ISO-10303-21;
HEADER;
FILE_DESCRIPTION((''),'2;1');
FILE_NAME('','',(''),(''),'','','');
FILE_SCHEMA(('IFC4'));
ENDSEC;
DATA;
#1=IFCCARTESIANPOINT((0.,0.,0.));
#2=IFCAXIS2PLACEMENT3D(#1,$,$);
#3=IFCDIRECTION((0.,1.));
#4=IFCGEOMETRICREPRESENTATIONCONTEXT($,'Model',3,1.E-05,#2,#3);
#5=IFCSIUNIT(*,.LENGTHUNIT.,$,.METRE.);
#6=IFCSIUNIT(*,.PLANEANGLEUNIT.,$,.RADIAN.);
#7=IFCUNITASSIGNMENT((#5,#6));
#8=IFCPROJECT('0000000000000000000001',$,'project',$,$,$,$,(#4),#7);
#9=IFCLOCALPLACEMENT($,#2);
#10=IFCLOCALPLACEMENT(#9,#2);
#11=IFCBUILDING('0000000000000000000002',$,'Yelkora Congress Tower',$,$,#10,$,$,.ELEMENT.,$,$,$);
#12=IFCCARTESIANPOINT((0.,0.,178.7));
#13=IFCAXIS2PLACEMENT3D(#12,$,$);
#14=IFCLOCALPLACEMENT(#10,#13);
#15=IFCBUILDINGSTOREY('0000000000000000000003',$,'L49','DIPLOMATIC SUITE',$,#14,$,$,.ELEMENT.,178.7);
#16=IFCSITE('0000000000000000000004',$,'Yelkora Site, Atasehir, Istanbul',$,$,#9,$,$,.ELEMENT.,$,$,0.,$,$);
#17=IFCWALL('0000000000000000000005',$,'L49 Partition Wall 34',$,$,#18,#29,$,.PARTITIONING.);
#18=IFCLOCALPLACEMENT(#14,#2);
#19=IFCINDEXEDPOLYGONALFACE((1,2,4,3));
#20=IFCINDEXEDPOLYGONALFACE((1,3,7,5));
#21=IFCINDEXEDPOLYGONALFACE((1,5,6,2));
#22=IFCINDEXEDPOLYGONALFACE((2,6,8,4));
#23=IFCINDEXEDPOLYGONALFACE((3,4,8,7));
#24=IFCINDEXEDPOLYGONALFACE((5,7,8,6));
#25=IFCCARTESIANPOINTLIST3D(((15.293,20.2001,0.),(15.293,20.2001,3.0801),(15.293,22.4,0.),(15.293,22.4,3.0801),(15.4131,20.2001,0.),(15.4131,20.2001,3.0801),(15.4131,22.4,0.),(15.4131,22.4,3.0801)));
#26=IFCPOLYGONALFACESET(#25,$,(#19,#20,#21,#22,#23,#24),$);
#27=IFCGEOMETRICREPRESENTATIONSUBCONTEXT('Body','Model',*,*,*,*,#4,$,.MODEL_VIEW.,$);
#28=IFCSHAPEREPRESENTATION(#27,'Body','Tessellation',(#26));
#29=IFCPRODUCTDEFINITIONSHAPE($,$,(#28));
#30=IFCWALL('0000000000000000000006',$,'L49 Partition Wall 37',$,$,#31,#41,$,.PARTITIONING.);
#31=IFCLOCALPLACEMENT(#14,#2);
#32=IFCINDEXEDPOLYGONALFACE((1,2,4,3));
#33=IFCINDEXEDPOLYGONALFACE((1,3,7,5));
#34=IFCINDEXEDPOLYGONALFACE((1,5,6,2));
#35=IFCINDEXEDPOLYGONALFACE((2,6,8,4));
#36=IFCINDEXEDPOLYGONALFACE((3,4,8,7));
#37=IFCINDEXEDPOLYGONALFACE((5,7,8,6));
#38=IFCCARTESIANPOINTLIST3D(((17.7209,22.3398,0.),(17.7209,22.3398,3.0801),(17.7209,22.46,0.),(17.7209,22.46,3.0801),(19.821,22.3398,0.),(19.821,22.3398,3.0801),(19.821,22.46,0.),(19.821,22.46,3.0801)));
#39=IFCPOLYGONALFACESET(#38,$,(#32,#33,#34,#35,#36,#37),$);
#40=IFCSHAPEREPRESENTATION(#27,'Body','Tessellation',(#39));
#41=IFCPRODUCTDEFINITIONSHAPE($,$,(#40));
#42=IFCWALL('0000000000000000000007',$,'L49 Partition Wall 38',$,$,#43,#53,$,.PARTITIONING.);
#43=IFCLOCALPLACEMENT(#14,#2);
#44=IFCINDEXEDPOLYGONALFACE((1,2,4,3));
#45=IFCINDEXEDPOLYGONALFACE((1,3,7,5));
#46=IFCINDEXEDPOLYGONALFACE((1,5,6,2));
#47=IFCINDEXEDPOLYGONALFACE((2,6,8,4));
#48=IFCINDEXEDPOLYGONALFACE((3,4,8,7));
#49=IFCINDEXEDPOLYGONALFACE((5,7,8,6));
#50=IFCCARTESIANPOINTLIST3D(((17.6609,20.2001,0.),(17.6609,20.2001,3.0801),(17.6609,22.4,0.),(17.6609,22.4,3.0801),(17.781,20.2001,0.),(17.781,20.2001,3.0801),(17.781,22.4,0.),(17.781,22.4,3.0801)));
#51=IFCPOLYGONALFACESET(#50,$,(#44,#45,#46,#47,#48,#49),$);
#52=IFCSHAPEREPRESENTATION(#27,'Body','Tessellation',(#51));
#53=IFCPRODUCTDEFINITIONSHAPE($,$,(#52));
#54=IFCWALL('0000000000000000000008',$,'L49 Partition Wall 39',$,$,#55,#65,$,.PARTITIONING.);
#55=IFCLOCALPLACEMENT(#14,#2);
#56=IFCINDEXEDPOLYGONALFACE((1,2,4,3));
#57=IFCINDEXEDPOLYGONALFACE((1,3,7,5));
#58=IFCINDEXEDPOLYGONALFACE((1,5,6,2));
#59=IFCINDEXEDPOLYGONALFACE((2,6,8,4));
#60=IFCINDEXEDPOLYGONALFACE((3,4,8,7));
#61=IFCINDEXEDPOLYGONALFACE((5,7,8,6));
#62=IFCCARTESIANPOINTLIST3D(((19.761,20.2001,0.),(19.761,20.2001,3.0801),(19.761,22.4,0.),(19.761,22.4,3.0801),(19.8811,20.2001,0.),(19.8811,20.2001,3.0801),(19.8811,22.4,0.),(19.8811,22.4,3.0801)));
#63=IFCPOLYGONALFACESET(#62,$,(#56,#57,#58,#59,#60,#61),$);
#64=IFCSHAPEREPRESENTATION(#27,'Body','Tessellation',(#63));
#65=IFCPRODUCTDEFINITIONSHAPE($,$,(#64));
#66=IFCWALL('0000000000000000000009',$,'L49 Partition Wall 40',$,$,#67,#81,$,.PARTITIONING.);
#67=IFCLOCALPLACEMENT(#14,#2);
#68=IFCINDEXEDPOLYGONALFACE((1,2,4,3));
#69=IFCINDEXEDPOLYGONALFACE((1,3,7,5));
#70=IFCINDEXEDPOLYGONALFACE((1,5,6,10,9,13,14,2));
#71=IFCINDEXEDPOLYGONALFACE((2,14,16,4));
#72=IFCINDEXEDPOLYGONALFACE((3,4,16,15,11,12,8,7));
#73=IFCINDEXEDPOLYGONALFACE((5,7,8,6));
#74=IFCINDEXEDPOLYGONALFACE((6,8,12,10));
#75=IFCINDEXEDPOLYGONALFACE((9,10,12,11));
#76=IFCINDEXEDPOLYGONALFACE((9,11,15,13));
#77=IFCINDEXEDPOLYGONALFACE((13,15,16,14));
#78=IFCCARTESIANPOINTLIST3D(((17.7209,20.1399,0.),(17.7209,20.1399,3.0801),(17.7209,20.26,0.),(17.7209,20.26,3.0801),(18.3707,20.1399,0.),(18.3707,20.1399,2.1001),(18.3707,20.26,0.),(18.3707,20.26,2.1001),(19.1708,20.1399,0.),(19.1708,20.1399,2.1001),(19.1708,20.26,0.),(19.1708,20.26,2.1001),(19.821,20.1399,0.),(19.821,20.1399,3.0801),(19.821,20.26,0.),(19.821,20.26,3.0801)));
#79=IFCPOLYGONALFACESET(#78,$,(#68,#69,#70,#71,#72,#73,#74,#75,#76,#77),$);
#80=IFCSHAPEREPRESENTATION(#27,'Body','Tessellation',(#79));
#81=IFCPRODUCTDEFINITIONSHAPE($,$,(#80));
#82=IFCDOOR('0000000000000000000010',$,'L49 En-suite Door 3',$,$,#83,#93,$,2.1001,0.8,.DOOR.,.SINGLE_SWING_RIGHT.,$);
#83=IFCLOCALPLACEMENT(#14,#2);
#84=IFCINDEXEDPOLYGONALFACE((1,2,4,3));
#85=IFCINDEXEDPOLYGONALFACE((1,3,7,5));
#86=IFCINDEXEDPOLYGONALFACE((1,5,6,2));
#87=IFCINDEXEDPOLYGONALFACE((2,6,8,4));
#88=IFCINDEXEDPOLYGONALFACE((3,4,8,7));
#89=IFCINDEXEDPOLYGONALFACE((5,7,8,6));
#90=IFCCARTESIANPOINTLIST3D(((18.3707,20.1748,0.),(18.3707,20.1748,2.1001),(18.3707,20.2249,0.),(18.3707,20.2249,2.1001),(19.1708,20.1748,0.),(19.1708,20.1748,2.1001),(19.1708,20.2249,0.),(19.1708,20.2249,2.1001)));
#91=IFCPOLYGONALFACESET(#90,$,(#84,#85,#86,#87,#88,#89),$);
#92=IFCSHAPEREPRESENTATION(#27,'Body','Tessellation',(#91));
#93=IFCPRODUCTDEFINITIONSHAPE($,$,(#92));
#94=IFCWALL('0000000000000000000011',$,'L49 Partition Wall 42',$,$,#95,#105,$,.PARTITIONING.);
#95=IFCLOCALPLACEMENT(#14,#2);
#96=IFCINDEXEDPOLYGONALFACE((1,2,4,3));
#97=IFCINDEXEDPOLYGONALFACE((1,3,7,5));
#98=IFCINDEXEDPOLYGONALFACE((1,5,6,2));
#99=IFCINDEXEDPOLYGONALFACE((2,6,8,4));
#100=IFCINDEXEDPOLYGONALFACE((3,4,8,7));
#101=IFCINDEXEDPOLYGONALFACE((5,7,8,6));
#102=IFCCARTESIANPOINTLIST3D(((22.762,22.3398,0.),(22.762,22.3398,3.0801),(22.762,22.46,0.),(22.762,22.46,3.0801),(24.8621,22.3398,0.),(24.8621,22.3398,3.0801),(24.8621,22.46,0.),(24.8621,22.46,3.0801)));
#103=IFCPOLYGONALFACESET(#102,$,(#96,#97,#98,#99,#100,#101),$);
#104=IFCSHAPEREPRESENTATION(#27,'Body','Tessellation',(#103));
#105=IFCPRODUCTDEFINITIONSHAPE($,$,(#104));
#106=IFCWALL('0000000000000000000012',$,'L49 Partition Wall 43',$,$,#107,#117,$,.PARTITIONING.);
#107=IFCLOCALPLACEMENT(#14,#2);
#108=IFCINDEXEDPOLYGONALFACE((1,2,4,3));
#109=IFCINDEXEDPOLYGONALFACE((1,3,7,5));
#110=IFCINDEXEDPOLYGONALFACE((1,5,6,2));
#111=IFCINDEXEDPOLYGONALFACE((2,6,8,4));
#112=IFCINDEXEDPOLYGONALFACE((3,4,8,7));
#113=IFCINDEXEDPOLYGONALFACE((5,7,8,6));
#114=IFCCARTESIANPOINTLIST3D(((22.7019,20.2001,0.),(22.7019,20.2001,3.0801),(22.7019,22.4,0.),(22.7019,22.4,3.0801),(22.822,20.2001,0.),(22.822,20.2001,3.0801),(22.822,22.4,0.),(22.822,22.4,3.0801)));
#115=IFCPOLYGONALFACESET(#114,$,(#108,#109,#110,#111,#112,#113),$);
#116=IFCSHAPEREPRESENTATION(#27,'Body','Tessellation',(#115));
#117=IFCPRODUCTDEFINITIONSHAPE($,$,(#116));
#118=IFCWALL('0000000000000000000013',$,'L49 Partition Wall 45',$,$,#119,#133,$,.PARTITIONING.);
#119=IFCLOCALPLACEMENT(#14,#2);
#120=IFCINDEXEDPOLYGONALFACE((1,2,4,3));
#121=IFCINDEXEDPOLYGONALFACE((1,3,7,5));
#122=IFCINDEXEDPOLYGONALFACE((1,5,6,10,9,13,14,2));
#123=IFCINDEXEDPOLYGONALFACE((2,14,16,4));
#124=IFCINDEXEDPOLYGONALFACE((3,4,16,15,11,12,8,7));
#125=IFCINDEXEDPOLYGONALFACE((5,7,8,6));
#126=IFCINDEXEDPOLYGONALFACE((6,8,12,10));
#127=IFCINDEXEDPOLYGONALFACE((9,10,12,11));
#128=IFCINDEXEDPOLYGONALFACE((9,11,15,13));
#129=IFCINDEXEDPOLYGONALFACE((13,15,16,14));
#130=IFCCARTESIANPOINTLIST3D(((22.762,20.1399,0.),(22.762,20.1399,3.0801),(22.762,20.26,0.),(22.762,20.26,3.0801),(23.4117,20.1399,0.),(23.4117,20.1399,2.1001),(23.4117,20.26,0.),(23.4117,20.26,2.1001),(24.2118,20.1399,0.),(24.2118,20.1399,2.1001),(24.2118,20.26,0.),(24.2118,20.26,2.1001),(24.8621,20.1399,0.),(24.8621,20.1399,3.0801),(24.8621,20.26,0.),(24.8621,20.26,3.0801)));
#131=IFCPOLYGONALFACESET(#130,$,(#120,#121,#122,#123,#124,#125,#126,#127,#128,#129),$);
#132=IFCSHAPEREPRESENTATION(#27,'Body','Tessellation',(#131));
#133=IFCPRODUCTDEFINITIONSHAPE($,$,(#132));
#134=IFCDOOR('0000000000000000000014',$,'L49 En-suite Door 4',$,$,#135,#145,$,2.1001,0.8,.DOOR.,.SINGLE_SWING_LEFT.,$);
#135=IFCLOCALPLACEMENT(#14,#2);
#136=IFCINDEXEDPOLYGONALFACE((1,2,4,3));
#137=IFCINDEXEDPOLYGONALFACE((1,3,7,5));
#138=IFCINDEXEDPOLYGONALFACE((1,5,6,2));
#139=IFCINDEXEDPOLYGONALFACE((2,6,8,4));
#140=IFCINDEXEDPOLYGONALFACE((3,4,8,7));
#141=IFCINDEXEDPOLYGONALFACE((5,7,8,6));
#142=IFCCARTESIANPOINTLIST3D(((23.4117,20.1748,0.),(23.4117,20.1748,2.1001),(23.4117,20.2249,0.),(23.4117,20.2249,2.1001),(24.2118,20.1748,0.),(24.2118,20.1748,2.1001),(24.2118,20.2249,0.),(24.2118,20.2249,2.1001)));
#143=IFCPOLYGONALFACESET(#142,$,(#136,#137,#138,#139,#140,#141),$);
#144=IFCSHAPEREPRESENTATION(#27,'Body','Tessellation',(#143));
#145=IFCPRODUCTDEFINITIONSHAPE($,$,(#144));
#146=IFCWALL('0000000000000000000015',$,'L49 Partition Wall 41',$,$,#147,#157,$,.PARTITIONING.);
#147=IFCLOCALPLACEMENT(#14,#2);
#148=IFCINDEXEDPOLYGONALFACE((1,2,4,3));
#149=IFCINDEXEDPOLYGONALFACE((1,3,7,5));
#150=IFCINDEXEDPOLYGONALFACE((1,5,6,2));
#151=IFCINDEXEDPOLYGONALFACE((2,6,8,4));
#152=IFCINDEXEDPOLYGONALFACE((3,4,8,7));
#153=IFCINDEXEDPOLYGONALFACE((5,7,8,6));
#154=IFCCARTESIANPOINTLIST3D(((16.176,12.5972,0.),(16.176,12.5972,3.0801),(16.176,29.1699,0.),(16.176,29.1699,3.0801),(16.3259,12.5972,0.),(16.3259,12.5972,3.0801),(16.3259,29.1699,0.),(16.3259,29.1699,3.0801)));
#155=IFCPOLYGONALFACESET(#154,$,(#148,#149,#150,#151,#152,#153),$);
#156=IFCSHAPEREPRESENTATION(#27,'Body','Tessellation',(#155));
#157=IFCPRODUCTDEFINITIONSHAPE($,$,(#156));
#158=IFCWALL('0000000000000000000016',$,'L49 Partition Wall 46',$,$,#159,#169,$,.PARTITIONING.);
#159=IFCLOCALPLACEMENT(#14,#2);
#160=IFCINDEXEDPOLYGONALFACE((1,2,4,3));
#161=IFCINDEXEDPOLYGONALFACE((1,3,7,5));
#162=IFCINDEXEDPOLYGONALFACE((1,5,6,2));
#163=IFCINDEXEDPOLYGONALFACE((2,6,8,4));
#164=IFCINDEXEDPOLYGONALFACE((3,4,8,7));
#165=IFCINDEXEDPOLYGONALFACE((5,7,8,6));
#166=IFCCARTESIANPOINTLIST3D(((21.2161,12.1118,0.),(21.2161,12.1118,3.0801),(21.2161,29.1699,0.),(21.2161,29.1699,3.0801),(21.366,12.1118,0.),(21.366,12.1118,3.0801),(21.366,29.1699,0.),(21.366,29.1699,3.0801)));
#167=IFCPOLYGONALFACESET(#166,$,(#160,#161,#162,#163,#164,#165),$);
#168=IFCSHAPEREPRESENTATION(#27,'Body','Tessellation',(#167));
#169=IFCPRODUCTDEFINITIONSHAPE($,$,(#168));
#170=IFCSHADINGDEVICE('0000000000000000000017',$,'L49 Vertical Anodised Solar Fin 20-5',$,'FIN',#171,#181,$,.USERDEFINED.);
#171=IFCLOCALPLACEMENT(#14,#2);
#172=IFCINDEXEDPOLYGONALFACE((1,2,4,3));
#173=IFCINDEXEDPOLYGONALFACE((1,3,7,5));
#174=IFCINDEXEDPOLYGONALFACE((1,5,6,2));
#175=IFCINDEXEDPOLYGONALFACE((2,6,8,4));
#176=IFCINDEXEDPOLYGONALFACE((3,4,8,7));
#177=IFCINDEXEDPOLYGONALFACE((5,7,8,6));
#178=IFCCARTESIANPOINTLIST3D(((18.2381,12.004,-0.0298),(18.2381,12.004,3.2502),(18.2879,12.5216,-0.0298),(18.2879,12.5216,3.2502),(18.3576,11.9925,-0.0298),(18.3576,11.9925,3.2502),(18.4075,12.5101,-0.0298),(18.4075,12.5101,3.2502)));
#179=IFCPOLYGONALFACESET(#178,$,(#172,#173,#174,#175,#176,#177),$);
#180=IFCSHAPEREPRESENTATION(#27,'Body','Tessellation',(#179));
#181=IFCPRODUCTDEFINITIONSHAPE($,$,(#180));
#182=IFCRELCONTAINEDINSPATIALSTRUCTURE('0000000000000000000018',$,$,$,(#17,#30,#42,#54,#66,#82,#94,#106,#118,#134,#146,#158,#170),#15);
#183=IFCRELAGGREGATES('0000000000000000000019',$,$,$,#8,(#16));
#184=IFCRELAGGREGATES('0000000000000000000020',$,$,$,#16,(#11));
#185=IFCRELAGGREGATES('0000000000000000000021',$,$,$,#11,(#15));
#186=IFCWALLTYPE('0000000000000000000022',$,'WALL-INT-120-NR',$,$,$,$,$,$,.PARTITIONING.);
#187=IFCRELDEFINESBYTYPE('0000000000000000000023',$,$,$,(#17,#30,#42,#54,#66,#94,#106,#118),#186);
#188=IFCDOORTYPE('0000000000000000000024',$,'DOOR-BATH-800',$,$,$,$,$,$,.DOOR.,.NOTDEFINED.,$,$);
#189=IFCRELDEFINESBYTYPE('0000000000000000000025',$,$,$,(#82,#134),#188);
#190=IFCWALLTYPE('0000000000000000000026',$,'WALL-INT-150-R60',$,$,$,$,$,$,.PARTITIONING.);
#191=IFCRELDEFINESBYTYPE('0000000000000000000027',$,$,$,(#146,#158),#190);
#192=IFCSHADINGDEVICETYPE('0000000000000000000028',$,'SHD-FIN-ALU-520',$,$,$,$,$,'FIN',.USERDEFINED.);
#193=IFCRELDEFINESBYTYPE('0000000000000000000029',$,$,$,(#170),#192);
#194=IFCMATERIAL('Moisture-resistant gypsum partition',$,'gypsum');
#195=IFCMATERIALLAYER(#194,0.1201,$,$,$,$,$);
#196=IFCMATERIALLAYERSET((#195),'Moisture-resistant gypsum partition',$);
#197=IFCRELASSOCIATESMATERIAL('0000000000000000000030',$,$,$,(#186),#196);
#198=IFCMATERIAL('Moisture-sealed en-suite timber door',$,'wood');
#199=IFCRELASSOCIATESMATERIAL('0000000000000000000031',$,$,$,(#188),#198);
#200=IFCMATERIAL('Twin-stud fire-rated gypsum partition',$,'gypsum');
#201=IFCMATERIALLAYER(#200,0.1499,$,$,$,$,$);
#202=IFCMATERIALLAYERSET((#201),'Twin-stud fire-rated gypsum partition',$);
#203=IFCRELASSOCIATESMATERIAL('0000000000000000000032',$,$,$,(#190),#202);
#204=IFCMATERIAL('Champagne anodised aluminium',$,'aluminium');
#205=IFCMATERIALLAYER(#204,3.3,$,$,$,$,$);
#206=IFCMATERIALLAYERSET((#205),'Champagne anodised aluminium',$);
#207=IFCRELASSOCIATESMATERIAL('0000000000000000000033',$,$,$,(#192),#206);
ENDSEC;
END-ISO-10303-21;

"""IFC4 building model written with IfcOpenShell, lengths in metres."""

from ifc_helpers import new_model, si_unit, direction, frame, frame_2d, origin, origin_2d, place, context, subcontext, project, spatial, rectangle, extrude, material, layer, layer_set, type_object, element, fill, save


model = new_model("IFC4")

# Units and contexts
model_context = context("Model", 3, precision=1e-05, world=origin(), true_north=direction((0.0, 1.0)))
body_context = subcontext(model_context, "Body", "Model", "MODEL_VIEW")
ifc_project = project(units=[si_unit("LENGTHUNIT", "METRE"), si_unit("PLANEANGLEUNIT", "RADIAN")], contexts=[model_context])

# Site, building, storey
site_placement = place(None, origin())
site = spatial("IfcSite", under=ifc_project, at=site_placement, Name="Yelkora Site, Atasehir, Istanbul", CompositionType="ELEMENT", RefElevation=0.0)
building_placement = place(site_placement, origin())
building = spatial("IfcBuilding", under=site, at=building_placement, Name="Yelkora Congress Tower", CompositionType="ELEMENT")
storey_placement = place(building_placement, frame((0.0, 0.0, 178.7)))
storey = spatial("IfcBuildingStorey", under=building, at=storey_placement, Name="L49", Description="DIPLOMATIC SUITE", CompositionType="ELEMENT", Elevation=178.7)

# Walls
ifc_material_1 = material(Name="Moisture-resistant gypsum partition", Category="gypsum")
ifc_layer_1 = layer(ifc_material_1, 0.1201)
ifc_layer_set_1 = layer_set([ifc_layer_1], Name="Moisture-resistant gypsum partition")
wall_type_1 = type_object("IfcWallType", Name="WALL-INT-120-NR", PredefinedType="PARTITIONING", material=ifc_layer_set_1)
wall_1_placement = place(storey_placement, frame((15.353, 20.2, 0.0), z_axis=(0.0, 0.0, 1.0), x_axis=(0.0, 1.0, 0.0)))
element("IfcWall", 1, at=wall_1_placement, inside=storey, type_object=wall_type_1, Name="L49 Partition Wall 34", PredefinedType="PARTITIONING", context=body_context, shape_type="SweptSolid", body=[
    extrude(rectangle(XDim=2.2, YDim=0.1201, at=frame_2d((1.1001, 0.0))), origin(), (0.0, 0.0, 1.0), 3.0801),
])
wall_2_placement = place(storey_placement, frame((17.7209, 22.3999, 0.0), z_axis=(0.0, 0.0, 1.0), x_axis=(1.0, 0.0, 0.0)))
element("IfcWall", 2, at=wall_2_placement, inside=storey, type_object=wall_type_1, Name="L49 Partition Wall 37", PredefinedType="PARTITIONING", context=body_context, shape_type="SweptSolid", body=[
    extrude(rectangle(XDim=2.1001, YDim=0.1201, at=frame_2d((1.05, 0.0))), origin(), (0.0, 0.0, 1.0), 3.0801),
])
for number, where, z_axis, x_axis, name in (
    (3, (17.7209, 20.2, 0.0), (0.0, 0.0, 1.0), (0.0, 1.0, 0.0), "L49 Partition Wall 38"),
    (4, (19.821, 20.2, 0.0), (0.0, 0.0, 1.0), (0.0, 1.0, 0.0), "L49 Partition Wall 39"),
):
    element("IfcWall", number, at=place(storey_placement, frame(where, z_axis=z_axis, x_axis=x_axis)), inside=storey, type_object=wall_type_1, Name=name, PredefinedType="PARTITIONING", context=body_context, shape_type="SweptSolid", body=[
        extrude(rectangle(XDim=2.2, YDim=0.1201, at=frame_2d((1.1001, 0.0))), origin(), (0.0, 0.0, 1.0), 3.0801),
    ])

# Wall, opening, door
wall_3_placement = place(storey_placement, frame((17.7209, 20.2, 0.0), z_axis=(0.0, 0.0, 1.0), x_axis=(1.0, 0.0, 0.0)))
wall_3 = element("IfcWall", 5, at=wall_3_placement, inside=storey, type_object=wall_type_1, Name="L49 Partition Wall 40", PredefinedType="PARTITIONING", context=body_context, shape_type="SweptSolid", body=[
    extrude(rectangle(XDim=2.1001, YDim=0.1201, at=frame_2d((1.05, 0.0))), origin(), (0.0, 0.0, 1.0), 3.0801),
])
opening_1_placement = place(wall_3_placement, frame((0.6499, 0.0, 0.0)))
opening_1 = element("IfcOpeningElement", 6, at=opening_1_placement, cuts=wall_3, PredefinedType="OPENING", context=body_context, shape_type="SweptSolid", body=[
    extrude(rectangle(XDim=0.8, YDim=2.1001, at=frame_2d((0.3999, 1.05))), frame((0.0, 0.0701, 0.0), z_axis=(0.0, -1.0, 0.0), x_axis=(1.0, 0.0, 0.0)), (0.0, 0.0, 1.0), 0.1401),
])
ifc_material_2 = material(Name="Moisture-sealed en-suite timber door", Category="wood")
door_type = type_object("IfcDoorType", Name="DOOR-BATH-800", OperationType="NOTDEFINED", PredefinedType="DOOR", material=ifc_material_2)
door_1_placement = place(opening_1_placement, origin())
door_1 = element("IfcDoor", 7, at=door_1_placement, inside=storey, type_object=door_type, Name="L49 En-suite Door 3", OperationType="SINGLE_SWING_RIGHT", OverallHeight=2.1001, OverallWidth=0.8, PredefinedType="DOOR", context=body_context, shape_type="SweptSolid", body=[
    extrude(rectangle(XDim=0.8, YDim=2.1001, at=frame_2d((0.3999, 1.05))), frame((0.0, 0.0249, 0.0), z_axis=(0.0, -1.0, 0.0), x_axis=(1.0, 0.0, 0.0)), (0.0, 0.0, 1.0), 0.05),
])
fill(opening_1, door_1)

# Walls
wall_4_placement = place(storey_placement, frame((22.762, 22.3999, 0.0), z_axis=(0.0, 0.0, 1.0), x_axis=(1.0, 0.0, 0.0)))
element("IfcWall", 8, at=wall_4_placement, inside=storey, type_object=wall_type_1, Name="L49 Partition Wall 42", PredefinedType="PARTITIONING", context=body_context, shape_type="SweptSolid", body=[
    extrude(rectangle(XDim=2.1001, YDim=0.1201, at=frame_2d((1.05, 0.0))), origin(), (0.0, 0.0, 1.0), 3.0801),
])
wall_5_placement = place(storey_placement, frame((22.762, 20.2, 0.0), z_axis=(0.0, 0.0, 1.0), x_axis=(0.0, 1.0, 0.0)))
element("IfcWall", 9, at=wall_5_placement, inside=storey, type_object=wall_type_1, Name="L49 Partition Wall 43", PredefinedType="PARTITIONING", context=body_context, shape_type="SweptSolid", body=[
    extrude(rectangle(XDim=2.2, YDim=0.1201, at=frame_2d((1.1001, 0.0))), origin(), (0.0, 0.0, 1.0), 3.0801),
])

# Wall, opening, door
wall_6_placement = place(storey_placement, frame((22.762, 20.2, 0.0), z_axis=(0.0, 0.0, 1.0), x_axis=(1.0, 0.0, 0.0)))
wall_6 = element("IfcWall", 10, at=wall_6_placement, inside=storey, type_object=wall_type_1, Name="L49 Partition Wall 45", PredefinedType="PARTITIONING", context=body_context, shape_type="SweptSolid", body=[
    extrude(rectangle(XDim=2.1001, YDim=0.1201, at=frame_2d((1.05, 0.0))), origin(), (0.0, 0.0, 1.0), 3.0801),
])
opening_2_placement = place(wall_6_placement, frame((0.6499, 0.0, 0.0)))
opening_2 = element("IfcOpeningElement", 11, at=opening_2_placement, cuts=wall_6, PredefinedType="OPENING", context=body_context, shape_type="SweptSolid", body=[
    extrude(rectangle(XDim=0.8, YDim=2.1001, at=frame_2d((0.3999, 1.05))), frame((0.0, 0.0701, 0.0), z_axis=(0.0, -1.0, 0.0), x_axis=(1.0, 0.0, 0.0)), (0.0, 0.0, 1.0), 0.1401),
])
door_2_placement = place(opening_2_placement, origin())
door_2 = element("IfcDoor", 12, at=door_2_placement, inside=storey, type_object=door_type, Name="L49 En-suite Door 4", OperationType="SINGLE_SWING_LEFT", OverallHeight=2.1001, OverallWidth=0.8, PredefinedType="DOOR", context=body_context, shape_type="SweptSolid", body=[
    extrude(rectangle(XDim=0.8, YDim=2.1001, at=frame_2d((0.3999, 1.05))), frame((0.0, 0.0249, 0.0), z_axis=(0.0, -1.0, 0.0), x_axis=(1.0, 0.0, 0.0)), (0.0, 0.0, 1.0), 0.05),
])
fill(opening_2, door_2)

# Walls
ifc_material_3 = material(Name="Twin-stud fire-rated gypsum partition", Category="gypsum")
ifc_layer_2 = layer(ifc_material_3, 0.1499)
ifc_layer_set_2 = layer_set([ifc_layer_2], Name="Twin-stud fire-rated gypsum partition")
wall_type_2 = type_object("IfcWallType", Name="WALL-INT-150-R60", PredefinedType="PARTITIONING", material=ifc_layer_set_2)
wall_7_placement = place(storey_placement, frame((16.251, 12.5972, 0.0), z_axis=(0.0, 0.0, 1.0), x_axis=(0.0, 1.0, 0.0)))
element("IfcWall", 13, at=wall_7_placement, inside=storey, type_object=wall_type_2, Name="L49 Partition Wall 41", PredefinedType="PARTITIONING", context=body_context, shape_type="SweptSolid", body=[
    extrude(rectangle(XDim=16.5728, YDim=0.1499, at=frame_2d((8.2864, 0.0))), origin(), (0.0, 0.0, 1.0), 3.0801),
])
wall_8_placement = place(storey_placement, frame((21.291, 12.1118, 0.0), z_axis=(0.0, 0.0, 1.0), x_axis=(0.0, 1.0, 0.0)))
element("IfcWall", 14, at=wall_8_placement, inside=storey, type_object=wall_type_2, Name="L49 Partition Wall 46", PredefinedType="PARTITIONING", context=body_context, shape_type="SweptSolid", body=[
    extrude(rectangle(XDim=17.0581, YDim=0.1499, at=frame_2d((8.5291, 0.0))), origin(), (0.0, 0.0, 1.0), 3.0801),
])

# Shading device
ifc_material_4 = material(Name="Champagne anodised aluminium", Category="aluminium")
ifc_layer_3 = layer(ifc_material_4, 3.3)
ifc_layer_set_3 = layer_set([ifc_layer_3], Name="Champagne anodised aluminium")
shading_device_type = type_object("IfcShadingDeviceType", Name="SHD-FIN-ALU-520", ElementType="FIN", PredefinedType="USERDEFINED", material=ifc_layer_set_3)
shading_device_placement = place(storey_placement, frame((18.3228, 12.2571, -0.0298), z_axis=(0.0, 0.0, 1.0), x_axis=(-0.995396, 0.095846, 0.0)))
element("IfcShadingDevice", 15, at=shading_device_placement, inside=storey, type_object=shading_device_type, Name="L49 Vertical Anodised Solar Fin 20-5", ObjectType="FIN", PredefinedType="USERDEFINED", context=body_context, shape_type="SweptSolid", body=[
    extrude(rectangle(XDim=0.1201, YDim=0.52, at=origin_2d()), origin(), (0.0, 0.0, 1.0), 3.28),
])

save(model, "model.ifc")
